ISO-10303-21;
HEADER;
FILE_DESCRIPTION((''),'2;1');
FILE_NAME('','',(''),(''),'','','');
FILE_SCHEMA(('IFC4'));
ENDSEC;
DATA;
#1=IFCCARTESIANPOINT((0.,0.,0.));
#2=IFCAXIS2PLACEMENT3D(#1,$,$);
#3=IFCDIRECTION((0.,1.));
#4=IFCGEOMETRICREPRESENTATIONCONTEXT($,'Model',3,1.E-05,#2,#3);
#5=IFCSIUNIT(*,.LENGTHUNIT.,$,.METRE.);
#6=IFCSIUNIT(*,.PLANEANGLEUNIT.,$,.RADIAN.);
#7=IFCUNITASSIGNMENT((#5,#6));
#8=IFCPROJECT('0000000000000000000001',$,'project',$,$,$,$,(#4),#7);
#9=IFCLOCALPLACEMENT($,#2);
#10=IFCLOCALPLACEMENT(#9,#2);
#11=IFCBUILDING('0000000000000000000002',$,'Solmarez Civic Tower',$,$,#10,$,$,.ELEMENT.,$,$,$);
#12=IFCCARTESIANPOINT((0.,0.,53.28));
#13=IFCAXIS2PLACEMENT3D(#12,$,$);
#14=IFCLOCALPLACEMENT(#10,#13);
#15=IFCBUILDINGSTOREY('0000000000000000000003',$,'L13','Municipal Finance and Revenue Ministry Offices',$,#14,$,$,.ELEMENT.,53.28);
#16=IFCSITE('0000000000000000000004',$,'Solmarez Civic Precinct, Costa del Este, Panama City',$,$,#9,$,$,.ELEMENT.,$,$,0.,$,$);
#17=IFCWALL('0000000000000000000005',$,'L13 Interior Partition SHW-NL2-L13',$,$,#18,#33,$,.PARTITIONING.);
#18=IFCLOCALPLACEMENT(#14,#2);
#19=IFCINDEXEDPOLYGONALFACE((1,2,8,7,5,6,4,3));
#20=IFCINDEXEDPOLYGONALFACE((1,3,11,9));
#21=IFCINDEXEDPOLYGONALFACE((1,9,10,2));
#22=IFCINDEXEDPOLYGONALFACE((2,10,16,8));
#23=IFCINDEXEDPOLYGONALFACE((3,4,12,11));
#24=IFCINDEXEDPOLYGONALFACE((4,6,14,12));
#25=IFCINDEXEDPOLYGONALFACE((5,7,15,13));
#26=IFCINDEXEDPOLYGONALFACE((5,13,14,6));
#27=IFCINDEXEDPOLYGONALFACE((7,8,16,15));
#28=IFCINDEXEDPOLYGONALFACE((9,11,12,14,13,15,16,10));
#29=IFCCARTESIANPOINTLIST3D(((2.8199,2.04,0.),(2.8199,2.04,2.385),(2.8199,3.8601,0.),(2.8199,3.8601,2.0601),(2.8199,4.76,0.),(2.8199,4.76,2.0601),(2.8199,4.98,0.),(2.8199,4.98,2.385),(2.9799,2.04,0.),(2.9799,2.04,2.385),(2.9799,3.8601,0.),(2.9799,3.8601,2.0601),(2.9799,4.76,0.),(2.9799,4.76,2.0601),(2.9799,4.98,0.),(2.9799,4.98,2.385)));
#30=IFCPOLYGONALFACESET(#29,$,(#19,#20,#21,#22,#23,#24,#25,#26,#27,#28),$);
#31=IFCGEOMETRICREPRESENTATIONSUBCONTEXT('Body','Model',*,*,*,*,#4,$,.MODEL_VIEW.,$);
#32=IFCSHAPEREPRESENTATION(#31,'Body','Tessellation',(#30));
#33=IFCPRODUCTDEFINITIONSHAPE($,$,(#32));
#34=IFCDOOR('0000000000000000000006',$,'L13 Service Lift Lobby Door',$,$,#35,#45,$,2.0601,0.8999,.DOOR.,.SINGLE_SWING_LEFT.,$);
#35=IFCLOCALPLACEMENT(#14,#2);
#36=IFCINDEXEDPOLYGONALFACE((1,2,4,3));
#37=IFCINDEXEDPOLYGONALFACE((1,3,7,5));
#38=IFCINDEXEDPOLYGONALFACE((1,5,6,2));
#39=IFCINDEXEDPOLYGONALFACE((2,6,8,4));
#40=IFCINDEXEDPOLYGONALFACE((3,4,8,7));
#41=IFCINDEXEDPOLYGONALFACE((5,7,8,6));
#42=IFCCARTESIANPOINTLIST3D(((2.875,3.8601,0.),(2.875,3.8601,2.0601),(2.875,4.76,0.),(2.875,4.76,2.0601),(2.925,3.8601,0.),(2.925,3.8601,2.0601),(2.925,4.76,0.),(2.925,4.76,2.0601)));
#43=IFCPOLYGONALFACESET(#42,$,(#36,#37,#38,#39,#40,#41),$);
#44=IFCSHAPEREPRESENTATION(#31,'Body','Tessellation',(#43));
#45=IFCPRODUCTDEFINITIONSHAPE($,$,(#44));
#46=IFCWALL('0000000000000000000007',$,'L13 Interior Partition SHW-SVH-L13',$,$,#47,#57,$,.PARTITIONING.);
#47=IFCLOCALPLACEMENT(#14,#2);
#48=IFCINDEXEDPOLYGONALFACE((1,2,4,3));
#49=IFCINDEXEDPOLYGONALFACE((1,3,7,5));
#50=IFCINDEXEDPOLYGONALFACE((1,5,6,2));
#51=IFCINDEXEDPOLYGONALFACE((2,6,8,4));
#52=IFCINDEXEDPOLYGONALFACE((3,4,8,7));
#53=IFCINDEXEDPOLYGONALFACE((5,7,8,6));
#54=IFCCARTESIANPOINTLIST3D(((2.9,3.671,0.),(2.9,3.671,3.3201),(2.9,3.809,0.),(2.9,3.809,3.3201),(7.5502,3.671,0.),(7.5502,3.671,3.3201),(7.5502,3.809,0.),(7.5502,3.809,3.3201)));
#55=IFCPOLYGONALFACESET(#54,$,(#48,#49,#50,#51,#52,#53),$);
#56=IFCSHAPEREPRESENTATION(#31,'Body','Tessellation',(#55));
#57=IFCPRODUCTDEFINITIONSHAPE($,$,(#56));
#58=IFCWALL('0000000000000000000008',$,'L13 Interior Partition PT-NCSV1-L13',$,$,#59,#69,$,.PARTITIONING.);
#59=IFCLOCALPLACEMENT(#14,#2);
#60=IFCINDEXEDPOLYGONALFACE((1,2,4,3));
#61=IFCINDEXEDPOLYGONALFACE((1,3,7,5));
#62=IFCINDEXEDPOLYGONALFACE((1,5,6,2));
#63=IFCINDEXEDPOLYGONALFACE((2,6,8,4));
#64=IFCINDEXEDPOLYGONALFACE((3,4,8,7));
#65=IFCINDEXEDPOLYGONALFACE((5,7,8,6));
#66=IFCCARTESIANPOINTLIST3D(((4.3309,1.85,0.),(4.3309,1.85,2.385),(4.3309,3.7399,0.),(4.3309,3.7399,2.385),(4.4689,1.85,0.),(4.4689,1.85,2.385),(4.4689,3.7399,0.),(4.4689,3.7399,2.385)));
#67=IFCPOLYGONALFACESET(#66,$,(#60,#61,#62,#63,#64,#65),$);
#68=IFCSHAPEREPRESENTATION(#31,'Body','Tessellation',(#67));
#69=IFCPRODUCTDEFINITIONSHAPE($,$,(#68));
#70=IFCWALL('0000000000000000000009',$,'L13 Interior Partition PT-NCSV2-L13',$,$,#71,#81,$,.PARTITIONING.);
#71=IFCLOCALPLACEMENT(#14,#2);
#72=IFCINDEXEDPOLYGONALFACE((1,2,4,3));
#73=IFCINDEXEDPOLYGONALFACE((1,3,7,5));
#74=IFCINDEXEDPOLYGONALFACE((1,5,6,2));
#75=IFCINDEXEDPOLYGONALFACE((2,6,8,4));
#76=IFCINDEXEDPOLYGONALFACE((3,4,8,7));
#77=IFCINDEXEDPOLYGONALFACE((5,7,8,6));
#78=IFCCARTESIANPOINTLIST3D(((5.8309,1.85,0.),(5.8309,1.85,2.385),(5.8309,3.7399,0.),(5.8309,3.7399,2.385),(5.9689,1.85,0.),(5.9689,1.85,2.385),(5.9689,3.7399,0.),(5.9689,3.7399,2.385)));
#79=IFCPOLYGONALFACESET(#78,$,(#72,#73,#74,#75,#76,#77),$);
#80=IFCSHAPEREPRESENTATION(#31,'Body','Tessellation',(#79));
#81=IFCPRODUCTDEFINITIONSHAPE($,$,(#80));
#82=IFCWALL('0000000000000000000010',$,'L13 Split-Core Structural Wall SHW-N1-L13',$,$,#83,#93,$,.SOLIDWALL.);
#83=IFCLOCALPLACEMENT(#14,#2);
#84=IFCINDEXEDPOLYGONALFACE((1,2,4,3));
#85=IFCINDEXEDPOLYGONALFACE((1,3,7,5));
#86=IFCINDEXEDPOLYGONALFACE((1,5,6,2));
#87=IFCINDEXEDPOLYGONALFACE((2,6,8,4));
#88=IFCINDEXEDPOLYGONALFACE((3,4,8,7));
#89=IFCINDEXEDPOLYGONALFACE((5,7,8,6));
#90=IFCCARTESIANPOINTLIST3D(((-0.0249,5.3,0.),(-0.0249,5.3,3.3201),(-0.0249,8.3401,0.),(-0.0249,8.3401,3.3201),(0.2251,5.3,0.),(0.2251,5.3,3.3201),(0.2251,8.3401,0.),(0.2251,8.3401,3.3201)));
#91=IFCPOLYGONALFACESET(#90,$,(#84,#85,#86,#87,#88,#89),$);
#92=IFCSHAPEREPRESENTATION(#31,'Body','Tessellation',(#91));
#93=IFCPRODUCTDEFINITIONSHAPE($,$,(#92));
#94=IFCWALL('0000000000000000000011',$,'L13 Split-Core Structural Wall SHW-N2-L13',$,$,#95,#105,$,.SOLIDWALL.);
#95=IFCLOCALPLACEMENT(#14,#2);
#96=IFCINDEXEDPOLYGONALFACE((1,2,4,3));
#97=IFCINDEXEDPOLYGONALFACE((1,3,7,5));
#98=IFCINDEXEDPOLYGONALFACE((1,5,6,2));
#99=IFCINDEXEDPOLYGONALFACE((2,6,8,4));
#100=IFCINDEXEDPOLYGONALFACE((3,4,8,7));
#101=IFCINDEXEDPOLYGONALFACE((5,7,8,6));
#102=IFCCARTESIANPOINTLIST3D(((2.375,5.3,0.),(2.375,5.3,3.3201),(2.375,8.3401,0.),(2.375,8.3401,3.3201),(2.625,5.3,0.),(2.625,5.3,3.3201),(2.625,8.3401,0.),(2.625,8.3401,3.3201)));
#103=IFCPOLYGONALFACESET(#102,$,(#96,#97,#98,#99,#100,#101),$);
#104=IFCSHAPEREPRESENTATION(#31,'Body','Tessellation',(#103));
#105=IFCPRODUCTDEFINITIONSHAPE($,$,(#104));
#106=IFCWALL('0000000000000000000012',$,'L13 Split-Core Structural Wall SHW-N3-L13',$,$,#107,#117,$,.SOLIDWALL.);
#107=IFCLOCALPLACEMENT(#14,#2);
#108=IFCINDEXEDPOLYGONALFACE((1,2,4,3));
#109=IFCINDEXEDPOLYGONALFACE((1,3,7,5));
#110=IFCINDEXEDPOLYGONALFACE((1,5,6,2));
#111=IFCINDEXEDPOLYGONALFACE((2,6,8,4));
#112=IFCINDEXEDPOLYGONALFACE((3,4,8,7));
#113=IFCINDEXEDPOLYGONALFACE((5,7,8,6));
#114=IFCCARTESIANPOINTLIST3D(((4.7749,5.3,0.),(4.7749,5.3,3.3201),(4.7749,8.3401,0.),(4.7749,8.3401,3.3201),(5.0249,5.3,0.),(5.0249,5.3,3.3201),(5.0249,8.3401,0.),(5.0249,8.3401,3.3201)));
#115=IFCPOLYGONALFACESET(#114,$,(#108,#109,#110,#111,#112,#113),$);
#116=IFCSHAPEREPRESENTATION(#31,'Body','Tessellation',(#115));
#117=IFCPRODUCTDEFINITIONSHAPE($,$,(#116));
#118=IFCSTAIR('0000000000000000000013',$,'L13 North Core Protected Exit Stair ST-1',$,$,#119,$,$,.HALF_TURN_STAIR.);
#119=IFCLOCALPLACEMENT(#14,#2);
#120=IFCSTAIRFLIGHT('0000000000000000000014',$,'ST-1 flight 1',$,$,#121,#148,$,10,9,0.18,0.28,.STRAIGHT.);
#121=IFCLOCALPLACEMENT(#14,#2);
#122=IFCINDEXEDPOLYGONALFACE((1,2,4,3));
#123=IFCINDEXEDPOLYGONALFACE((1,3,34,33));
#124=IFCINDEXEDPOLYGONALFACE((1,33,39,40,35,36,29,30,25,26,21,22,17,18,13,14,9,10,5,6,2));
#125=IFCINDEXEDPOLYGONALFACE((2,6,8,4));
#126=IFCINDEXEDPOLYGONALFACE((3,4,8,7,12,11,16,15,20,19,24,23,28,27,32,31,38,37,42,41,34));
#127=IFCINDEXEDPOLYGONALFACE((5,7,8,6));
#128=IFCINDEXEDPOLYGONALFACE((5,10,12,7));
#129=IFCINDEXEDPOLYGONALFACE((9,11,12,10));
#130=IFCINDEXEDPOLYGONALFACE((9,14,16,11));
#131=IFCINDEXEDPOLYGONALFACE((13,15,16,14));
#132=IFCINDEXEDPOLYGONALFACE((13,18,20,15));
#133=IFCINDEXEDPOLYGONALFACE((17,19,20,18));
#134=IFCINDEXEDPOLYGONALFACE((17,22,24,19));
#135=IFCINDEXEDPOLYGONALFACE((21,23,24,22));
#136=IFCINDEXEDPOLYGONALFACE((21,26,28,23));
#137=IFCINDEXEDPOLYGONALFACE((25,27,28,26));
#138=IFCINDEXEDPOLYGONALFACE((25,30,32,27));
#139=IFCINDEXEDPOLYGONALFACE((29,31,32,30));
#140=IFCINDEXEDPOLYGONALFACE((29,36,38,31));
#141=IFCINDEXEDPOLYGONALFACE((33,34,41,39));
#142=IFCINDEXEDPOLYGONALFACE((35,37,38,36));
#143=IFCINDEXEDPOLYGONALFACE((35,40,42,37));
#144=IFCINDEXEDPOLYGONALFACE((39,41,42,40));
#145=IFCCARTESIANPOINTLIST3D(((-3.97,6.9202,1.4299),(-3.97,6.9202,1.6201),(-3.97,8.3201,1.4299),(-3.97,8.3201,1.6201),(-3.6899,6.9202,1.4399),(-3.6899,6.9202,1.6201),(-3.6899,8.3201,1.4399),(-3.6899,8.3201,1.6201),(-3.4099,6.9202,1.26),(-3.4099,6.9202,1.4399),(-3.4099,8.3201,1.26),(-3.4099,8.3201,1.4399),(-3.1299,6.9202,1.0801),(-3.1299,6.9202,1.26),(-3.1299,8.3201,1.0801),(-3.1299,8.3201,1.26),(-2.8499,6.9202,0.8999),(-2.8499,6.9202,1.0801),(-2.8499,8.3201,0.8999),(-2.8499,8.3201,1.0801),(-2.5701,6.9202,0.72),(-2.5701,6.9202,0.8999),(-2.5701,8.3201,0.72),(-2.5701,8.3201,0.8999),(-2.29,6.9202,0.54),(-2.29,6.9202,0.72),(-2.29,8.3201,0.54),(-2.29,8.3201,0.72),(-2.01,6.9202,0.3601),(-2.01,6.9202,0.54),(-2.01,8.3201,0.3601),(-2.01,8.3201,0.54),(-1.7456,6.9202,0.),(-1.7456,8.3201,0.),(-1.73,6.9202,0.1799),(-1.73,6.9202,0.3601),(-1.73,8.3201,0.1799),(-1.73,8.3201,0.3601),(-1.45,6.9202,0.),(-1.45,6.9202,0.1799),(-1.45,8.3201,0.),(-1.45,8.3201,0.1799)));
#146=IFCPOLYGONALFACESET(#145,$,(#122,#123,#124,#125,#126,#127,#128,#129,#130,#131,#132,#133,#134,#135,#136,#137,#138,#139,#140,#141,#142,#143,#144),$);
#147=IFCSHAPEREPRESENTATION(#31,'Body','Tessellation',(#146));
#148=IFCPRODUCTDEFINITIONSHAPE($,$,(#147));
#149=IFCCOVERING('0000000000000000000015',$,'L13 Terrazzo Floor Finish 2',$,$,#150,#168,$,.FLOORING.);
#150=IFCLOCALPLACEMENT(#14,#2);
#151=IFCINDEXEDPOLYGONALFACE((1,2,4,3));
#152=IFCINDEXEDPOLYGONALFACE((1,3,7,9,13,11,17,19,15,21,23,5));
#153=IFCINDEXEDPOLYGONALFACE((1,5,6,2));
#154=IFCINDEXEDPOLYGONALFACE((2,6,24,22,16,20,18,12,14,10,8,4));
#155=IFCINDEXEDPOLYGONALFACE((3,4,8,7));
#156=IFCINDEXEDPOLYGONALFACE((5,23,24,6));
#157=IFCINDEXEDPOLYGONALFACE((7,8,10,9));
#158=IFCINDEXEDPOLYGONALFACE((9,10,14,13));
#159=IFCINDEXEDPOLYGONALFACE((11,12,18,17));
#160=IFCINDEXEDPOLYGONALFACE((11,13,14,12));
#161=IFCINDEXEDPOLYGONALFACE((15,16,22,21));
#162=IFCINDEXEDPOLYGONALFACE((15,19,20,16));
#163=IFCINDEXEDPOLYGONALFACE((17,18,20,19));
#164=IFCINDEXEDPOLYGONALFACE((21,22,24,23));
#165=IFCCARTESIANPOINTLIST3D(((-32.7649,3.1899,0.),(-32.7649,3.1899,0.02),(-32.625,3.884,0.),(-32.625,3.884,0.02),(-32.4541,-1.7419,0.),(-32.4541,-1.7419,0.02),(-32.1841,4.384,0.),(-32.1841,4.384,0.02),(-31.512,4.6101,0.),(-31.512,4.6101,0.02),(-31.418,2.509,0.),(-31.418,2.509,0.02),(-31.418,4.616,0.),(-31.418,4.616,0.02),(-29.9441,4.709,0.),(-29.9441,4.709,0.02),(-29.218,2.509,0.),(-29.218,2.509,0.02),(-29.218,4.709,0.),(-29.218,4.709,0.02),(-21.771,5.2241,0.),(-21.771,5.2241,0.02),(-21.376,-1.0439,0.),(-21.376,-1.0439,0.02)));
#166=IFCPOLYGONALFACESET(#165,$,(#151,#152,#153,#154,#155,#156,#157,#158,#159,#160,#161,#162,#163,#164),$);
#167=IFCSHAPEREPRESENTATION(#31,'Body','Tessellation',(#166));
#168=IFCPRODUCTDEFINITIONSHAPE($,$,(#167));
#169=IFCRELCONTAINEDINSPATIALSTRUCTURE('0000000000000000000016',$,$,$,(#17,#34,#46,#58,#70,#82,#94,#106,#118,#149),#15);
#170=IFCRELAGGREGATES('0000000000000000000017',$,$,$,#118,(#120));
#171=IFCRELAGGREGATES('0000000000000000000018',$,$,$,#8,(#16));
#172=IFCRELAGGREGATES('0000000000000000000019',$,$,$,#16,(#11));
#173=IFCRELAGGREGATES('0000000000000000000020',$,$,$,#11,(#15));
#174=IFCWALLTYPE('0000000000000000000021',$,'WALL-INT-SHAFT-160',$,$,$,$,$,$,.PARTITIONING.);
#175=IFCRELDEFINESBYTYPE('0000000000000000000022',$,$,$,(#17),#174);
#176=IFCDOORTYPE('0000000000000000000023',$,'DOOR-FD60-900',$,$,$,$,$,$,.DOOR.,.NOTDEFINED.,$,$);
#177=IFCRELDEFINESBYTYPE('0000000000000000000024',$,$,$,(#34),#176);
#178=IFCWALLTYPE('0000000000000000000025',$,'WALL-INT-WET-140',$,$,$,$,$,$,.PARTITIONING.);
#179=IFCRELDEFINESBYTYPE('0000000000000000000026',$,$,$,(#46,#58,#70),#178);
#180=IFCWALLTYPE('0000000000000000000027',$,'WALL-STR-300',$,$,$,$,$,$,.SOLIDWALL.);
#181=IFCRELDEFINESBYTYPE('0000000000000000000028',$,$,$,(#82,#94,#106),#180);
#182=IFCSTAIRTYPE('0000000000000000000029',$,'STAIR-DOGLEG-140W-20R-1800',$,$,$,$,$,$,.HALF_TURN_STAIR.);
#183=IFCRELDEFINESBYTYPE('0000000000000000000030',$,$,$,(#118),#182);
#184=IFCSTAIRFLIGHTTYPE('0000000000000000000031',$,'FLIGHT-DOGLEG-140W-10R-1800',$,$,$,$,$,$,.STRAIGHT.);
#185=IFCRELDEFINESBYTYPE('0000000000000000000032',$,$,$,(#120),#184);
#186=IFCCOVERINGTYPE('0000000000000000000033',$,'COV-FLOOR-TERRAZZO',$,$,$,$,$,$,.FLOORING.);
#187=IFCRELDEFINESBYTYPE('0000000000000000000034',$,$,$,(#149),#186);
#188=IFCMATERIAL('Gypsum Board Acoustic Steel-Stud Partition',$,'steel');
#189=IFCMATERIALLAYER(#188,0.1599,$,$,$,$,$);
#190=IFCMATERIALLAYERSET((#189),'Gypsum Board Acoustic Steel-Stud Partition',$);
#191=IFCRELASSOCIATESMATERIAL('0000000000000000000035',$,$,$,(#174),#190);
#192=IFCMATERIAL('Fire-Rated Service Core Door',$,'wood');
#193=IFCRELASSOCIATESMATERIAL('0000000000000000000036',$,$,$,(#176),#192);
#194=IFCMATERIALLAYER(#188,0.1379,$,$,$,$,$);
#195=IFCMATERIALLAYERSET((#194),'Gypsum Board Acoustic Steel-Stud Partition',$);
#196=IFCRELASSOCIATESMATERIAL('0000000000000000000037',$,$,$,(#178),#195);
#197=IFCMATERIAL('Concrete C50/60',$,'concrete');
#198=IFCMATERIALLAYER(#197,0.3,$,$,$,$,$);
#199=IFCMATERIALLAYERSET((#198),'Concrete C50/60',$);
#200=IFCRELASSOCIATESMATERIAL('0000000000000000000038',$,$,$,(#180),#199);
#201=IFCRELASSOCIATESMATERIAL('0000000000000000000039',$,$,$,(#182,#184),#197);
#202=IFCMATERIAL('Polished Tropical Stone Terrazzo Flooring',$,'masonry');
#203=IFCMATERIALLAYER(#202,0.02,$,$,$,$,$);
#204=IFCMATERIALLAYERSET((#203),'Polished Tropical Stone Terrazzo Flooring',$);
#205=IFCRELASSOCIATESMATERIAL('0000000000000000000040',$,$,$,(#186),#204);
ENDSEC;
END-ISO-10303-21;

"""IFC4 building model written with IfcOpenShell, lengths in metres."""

from ifc_helpers import new_model, si_unit, direction, frame, frame_2d, origin, place, context, subcontext, project, spatial, polyline, rectangle, outline, extrude, material, layer, layer_set, type_object, element, fill, aggregate, save


model = new_model("IFC4")

# Units and contexts
model_context = context("Model", 3, precision=1e-05, world=origin(), true_north=direction((0.0, 1.0)))
body_context = subcontext(model_context, "Body", "Model", "MODEL_VIEW")
ifc_project = project(units=[si_unit("LENGTHUNIT", "METRE"), si_unit("PLANEANGLEUNIT", "RADIAN")], contexts=[model_context])

# Site, building, storey
site_placement = place(None, origin())
site = spatial("IfcSite", under=ifc_project, at=site_placement, Name="Solmarez Civic Precinct, Costa del Este, Panama City", CompositionType="ELEMENT", RefElevation=0.0)
building_placement = place(site_placement, origin())
building = spatial("IfcBuilding", under=site, at=building_placement, Name="Solmarez Civic Tower", CompositionType="ELEMENT")
storey_placement = place(building_placement, frame((0.0, 0.0, 53.28)))
storey = spatial("IfcBuildingStorey", under=building, at=storey_placement, Name="L13", Description="Municipal Finance and Revenue Ministry Offices", CompositionType="ELEMENT", Elevation=53.28)

# Shared definitions
ifc_material_1 = material(Name="Concrete C50/60", Category="concrete")

# Shared definitions
ifc_material_2 = material(Name="Gypsum Board Acoustic Steel-Stud Partition", Category="steel")

# Wall, opening, door
ifc_layer_1 = layer(ifc_material_2, 0.1599)
ifc_layer_set_1 = layer_set([ifc_layer_1], Name="Gypsum Board Acoustic Steel-Stud Partition")
wall_type_1 = type_object("IfcWallType", Name="WALL-INT-SHAFT-160", PredefinedType="PARTITIONING", material=ifc_layer_set_1)
wall_1_placement = place(storey_placement, frame((2.8999, 2.04, 0.0), z_axis=(0.0, 0.0, 1.0), x_axis=(0.0, 1.0, 0.0)))
wall_1 = element("IfcWall", 1, at=wall_1_placement, inside=storey, type_object=wall_type_1, Name="L13 Interior Partition SHW-NL2-L13", PredefinedType="PARTITIONING", context=body_context, shape_type="SweptSolid", body=[
    extrude(rectangle(XDim=2.9399, YDim=0.1599, at=frame_2d((1.47, 0.0))), origin(), (0.0, 0.0, 1.0), 2.385),
])
opening_1_placement = place(wall_1_placement, frame((1.8201, 0.0, 0.0)))
opening_1 = element("IfcOpeningElement", 2, at=opening_1_placement, cuts=wall_1, PredefinedType="OPENING", context=body_context, shape_type="SweptSolid", body=[
    extrude(rectangle(XDim=0.8999, YDim=2.0601, at=frame_2d((0.45, 1.03))), frame((0.0, 0.0898, 0.0), z_axis=(0.0, -1.0, 0.0), x_axis=(1.0, 0.0, 0.0)), (0.0, 0.0, 1.0), 0.1799),
])
ifc_material_3 = material(Name="Fire-Rated Service Core Door", Category="wood")
door_type_1 = type_object("IfcDoorType", Name="DOOR-FD60-900", OperationType="NOTDEFINED", PredefinedType="DOOR", material=ifc_material_3)
door_1_placement = place(opening_1_placement, origin())
door_1 = element("IfcDoor", 3, at=door_1_placement, inside=storey, type_object=door_type_1, Name="L13 Service Lift Lobby Door", OperationType="SINGLE_SWING_LEFT", OverallHeight=2.0601, OverallWidth=0.8999, PredefinedType="DOOR", context=body_context, shape_type="SweptSolid", body=[
    extrude(rectangle(XDim=0.8999, YDim=2.0601, at=frame_2d((0.45, 1.03))), frame((0.0, 0.0249, 0.0), z_axis=(0.0, -1.0, 0.0), x_axis=(1.0, 0.0, 0.0)), (0.0, 0.0, 1.0), 0.05),
])
fill(opening_1, door_1)

# Walls
ifc_layer_2 = layer(ifc_material_2, 0.1379)
ifc_layer_set_2 = layer_set([ifc_layer_2], Name="Gypsum Board Acoustic Steel-Stud Partition")
wall_type_2 = type_object("IfcWallType", Name="WALL-INT-WET-140", PredefinedType="PARTITIONING", material=ifc_layer_set_2)
wall_2_placement = place(storey_placement, frame((2.8999, 3.74, 0.0), z_axis=(0.0, 0.0, 1.0), x_axis=(1.0, 0.0, 0.0)))
element("IfcWall", 4, at=wall_2_placement, inside=storey, type_object=wall_type_2, Name="L13 Interior Partition SHW-SVH-L13", PredefinedType="PARTITIONING", context=body_context, shape_type="SweptSolid", body=[
    extrude(rectangle(XDim=4.6501, YDim=0.1379, at=frame_2d((2.3252, 0.0))), origin(), (0.0, 0.0, 1.0), 3.3201),
])
for number, where, z_axis, x_axis, name in (
    (5, (4.3999, 1.8501, 0.0), (0.0, 0.0, 1.0), (0.0, 1.0, 0.0), "L13 Interior Partition PT-NCSV1-L13"),
    (6, (5.8999, 1.8501, 0.0), (0.0, 0.0, 1.0), (0.0, 1.0, 0.0), "L13 Interior Partition PT-NCSV2-L13"),
):
    element("IfcWall", number, at=place(storey_placement, frame(where, z_axis=z_axis, x_axis=x_axis)), inside=storey, type_object=wall_type_2, Name=name, PredefinedType="PARTITIONING", context=body_context, shape_type="SweptSolid", body=[
        extrude(rectangle(XDim=1.8899, YDim=0.1379, at=frame_2d((0.9448, 0.0))), origin(), (0.0, 0.0, 1.0), 2.385),
    ])
ifc_layer_3 = layer(ifc_material_1, 0.3)
ifc_layer_set_3 = layer_set([ifc_layer_3], Name="Concrete C50/60")
wall_type_3 = type_object("IfcWallType", Name="WALL-STR-300", PredefinedType="SOLIDWALL", material=ifc_layer_set_3)
for number, where, z_axis, x_axis, name in (
    (7, (0.1001, 5.3, 0.0), (0.0, 0.0, 1.0), (0.0, 1.0, 0.0), "L13 Split-Core Structural Wall SHW-N1-L13"),
    (8, (2.5, 5.3, 0.0), (0.0, 0.0, 1.0), (0.0, 1.0, 0.0), "L13 Split-Core Structural Wall SHW-N2-L13"),
    (9, (4.8999, 5.3, 0.0), (0.0, 0.0, 1.0), (0.0, 1.0, 0.0), "L13 Split-Core Structural Wall SHW-N3-L13"),
):
    element("IfcWall", number, at=place(storey_placement, frame(where, z_axis=z_axis, x_axis=x_axis)), inside=storey, type_object=wall_type_3, Name=name, PredefinedType="SOLIDWALL", context=body_context, shape_type="SweptSolid", body=[
        extrude(rectangle(XDim=3.04, YDim=0.25, at=frame_2d((1.52, 0.0))), origin(), (0.0, 0.0, 1.0), 3.3201),
    ])

# Stair, stair flight
stair_type = type_object("IfcStairType", Name="STAIR-DOGLEG-140W-20R-1800", PredefinedType="HALF_TURN_STAIR", material=ifc_material_1)
stair_placement = place(storey_placement, origin())
stair = element("IfcStair", 10, at=stair_placement, inside=storey, type_object=stair_type, Name="L13 North Core Protected Exit Stair ST-1", PredefinedType="HALF_TURN_STAIR")
stair_flight_type = type_object("IfcStairFlightType", Name="FLIGHT-DOGLEG-140W-10R-1800", PredefinedType="STRAIGHT", material=ifc_material_1)
stair_flight_placement = place(storey_placement, frame((-1.45, 7.6201, 0.0), z_axis=(0.0, 0.0, 1.0), x_axis=(-1.0, 0.0, 0.0)))
stair_flight = element("IfcStairFlight", 11, at=stair_flight_placement, type_object=stair_flight_type, Name="ST-1 flight 1", NumberOfRisers=10, NumberOfTreads=9, PredefinedType="STRAIGHT", RiserHeight=0.18, TreadLength=0.28, context=body_context, shape_type="SweptSolid", body=[
    extrude(outline(polyline([(0.0, 0.0), (0.0, 0.1799), (0.28, 0.1799), (0.28, 0.3601), (0.5601, 0.3601), (0.5601, 0.54), (0.8401, 0.54), (0.8401, 0.72), (1.1201, 0.72), (1.1201, 0.8999), (1.3999, 0.8999), (1.3999, 1.0801), (1.6799, 1.0801), (1.6799, 1.26), (1.96, 1.26), (1.96, 1.4399), (2.24, 1.4399), (2.24, 1.6201), (2.52, 1.6201), (2.52, 1.8), (2.52, 1.4299), (0.2957, 0.0), (0.0, 0.0)])), frame((0.0, 0.7, 0.0), z_axis=(0.0, -1.0, 0.0), x_axis=(1.0, 0.0, 0.0)), (0.0, 0.0, 1.0), 1.3999),
])
aggregate(stair, [stair_flight])

# Covering
ifc_material_4 = material(Name="Polished Tropical Stone Terrazzo Flooring", Category="masonry")
ifc_layer_4 = layer(ifc_material_4, 0.02)
ifc_layer_set_4 = layer_set([ifc_layer_4], Name="Polished Tropical Stone Terrazzo Flooring")
covering_type = type_object("IfcCoveringType", Name="COV-FLOOR-TERRAZZO", PredefinedType="FLOORING", material=ifc_layer_set_4)
covering_placement = place(storey_placement, origin())
element("IfcCovering", 12, at=covering_placement, inside=storey, type_object=covering_type, Name="L13 Terrazzo Floor Finish 2", PredefinedType="FLOORING", context=body_context, shape_type="SweptSolid", body=[
    extrude(outline(polyline([(-21.771, 5.2241), (-29.9441, 4.709), (-29.218, 4.709), (-29.218, 2.509), (-31.418, 2.509), (-31.418, 4.616), (-31.512, 4.6101), (-32.1841, 4.384), (-32.625, 3.884), (-32.7649, 3.1899), (-32.4541, -1.7419), (-21.376, -1.0439), (-21.771, 5.2241)])), origin(), (0.0, 0.0, 1.0), 0.02),
])

save(model, "model.ifc")
